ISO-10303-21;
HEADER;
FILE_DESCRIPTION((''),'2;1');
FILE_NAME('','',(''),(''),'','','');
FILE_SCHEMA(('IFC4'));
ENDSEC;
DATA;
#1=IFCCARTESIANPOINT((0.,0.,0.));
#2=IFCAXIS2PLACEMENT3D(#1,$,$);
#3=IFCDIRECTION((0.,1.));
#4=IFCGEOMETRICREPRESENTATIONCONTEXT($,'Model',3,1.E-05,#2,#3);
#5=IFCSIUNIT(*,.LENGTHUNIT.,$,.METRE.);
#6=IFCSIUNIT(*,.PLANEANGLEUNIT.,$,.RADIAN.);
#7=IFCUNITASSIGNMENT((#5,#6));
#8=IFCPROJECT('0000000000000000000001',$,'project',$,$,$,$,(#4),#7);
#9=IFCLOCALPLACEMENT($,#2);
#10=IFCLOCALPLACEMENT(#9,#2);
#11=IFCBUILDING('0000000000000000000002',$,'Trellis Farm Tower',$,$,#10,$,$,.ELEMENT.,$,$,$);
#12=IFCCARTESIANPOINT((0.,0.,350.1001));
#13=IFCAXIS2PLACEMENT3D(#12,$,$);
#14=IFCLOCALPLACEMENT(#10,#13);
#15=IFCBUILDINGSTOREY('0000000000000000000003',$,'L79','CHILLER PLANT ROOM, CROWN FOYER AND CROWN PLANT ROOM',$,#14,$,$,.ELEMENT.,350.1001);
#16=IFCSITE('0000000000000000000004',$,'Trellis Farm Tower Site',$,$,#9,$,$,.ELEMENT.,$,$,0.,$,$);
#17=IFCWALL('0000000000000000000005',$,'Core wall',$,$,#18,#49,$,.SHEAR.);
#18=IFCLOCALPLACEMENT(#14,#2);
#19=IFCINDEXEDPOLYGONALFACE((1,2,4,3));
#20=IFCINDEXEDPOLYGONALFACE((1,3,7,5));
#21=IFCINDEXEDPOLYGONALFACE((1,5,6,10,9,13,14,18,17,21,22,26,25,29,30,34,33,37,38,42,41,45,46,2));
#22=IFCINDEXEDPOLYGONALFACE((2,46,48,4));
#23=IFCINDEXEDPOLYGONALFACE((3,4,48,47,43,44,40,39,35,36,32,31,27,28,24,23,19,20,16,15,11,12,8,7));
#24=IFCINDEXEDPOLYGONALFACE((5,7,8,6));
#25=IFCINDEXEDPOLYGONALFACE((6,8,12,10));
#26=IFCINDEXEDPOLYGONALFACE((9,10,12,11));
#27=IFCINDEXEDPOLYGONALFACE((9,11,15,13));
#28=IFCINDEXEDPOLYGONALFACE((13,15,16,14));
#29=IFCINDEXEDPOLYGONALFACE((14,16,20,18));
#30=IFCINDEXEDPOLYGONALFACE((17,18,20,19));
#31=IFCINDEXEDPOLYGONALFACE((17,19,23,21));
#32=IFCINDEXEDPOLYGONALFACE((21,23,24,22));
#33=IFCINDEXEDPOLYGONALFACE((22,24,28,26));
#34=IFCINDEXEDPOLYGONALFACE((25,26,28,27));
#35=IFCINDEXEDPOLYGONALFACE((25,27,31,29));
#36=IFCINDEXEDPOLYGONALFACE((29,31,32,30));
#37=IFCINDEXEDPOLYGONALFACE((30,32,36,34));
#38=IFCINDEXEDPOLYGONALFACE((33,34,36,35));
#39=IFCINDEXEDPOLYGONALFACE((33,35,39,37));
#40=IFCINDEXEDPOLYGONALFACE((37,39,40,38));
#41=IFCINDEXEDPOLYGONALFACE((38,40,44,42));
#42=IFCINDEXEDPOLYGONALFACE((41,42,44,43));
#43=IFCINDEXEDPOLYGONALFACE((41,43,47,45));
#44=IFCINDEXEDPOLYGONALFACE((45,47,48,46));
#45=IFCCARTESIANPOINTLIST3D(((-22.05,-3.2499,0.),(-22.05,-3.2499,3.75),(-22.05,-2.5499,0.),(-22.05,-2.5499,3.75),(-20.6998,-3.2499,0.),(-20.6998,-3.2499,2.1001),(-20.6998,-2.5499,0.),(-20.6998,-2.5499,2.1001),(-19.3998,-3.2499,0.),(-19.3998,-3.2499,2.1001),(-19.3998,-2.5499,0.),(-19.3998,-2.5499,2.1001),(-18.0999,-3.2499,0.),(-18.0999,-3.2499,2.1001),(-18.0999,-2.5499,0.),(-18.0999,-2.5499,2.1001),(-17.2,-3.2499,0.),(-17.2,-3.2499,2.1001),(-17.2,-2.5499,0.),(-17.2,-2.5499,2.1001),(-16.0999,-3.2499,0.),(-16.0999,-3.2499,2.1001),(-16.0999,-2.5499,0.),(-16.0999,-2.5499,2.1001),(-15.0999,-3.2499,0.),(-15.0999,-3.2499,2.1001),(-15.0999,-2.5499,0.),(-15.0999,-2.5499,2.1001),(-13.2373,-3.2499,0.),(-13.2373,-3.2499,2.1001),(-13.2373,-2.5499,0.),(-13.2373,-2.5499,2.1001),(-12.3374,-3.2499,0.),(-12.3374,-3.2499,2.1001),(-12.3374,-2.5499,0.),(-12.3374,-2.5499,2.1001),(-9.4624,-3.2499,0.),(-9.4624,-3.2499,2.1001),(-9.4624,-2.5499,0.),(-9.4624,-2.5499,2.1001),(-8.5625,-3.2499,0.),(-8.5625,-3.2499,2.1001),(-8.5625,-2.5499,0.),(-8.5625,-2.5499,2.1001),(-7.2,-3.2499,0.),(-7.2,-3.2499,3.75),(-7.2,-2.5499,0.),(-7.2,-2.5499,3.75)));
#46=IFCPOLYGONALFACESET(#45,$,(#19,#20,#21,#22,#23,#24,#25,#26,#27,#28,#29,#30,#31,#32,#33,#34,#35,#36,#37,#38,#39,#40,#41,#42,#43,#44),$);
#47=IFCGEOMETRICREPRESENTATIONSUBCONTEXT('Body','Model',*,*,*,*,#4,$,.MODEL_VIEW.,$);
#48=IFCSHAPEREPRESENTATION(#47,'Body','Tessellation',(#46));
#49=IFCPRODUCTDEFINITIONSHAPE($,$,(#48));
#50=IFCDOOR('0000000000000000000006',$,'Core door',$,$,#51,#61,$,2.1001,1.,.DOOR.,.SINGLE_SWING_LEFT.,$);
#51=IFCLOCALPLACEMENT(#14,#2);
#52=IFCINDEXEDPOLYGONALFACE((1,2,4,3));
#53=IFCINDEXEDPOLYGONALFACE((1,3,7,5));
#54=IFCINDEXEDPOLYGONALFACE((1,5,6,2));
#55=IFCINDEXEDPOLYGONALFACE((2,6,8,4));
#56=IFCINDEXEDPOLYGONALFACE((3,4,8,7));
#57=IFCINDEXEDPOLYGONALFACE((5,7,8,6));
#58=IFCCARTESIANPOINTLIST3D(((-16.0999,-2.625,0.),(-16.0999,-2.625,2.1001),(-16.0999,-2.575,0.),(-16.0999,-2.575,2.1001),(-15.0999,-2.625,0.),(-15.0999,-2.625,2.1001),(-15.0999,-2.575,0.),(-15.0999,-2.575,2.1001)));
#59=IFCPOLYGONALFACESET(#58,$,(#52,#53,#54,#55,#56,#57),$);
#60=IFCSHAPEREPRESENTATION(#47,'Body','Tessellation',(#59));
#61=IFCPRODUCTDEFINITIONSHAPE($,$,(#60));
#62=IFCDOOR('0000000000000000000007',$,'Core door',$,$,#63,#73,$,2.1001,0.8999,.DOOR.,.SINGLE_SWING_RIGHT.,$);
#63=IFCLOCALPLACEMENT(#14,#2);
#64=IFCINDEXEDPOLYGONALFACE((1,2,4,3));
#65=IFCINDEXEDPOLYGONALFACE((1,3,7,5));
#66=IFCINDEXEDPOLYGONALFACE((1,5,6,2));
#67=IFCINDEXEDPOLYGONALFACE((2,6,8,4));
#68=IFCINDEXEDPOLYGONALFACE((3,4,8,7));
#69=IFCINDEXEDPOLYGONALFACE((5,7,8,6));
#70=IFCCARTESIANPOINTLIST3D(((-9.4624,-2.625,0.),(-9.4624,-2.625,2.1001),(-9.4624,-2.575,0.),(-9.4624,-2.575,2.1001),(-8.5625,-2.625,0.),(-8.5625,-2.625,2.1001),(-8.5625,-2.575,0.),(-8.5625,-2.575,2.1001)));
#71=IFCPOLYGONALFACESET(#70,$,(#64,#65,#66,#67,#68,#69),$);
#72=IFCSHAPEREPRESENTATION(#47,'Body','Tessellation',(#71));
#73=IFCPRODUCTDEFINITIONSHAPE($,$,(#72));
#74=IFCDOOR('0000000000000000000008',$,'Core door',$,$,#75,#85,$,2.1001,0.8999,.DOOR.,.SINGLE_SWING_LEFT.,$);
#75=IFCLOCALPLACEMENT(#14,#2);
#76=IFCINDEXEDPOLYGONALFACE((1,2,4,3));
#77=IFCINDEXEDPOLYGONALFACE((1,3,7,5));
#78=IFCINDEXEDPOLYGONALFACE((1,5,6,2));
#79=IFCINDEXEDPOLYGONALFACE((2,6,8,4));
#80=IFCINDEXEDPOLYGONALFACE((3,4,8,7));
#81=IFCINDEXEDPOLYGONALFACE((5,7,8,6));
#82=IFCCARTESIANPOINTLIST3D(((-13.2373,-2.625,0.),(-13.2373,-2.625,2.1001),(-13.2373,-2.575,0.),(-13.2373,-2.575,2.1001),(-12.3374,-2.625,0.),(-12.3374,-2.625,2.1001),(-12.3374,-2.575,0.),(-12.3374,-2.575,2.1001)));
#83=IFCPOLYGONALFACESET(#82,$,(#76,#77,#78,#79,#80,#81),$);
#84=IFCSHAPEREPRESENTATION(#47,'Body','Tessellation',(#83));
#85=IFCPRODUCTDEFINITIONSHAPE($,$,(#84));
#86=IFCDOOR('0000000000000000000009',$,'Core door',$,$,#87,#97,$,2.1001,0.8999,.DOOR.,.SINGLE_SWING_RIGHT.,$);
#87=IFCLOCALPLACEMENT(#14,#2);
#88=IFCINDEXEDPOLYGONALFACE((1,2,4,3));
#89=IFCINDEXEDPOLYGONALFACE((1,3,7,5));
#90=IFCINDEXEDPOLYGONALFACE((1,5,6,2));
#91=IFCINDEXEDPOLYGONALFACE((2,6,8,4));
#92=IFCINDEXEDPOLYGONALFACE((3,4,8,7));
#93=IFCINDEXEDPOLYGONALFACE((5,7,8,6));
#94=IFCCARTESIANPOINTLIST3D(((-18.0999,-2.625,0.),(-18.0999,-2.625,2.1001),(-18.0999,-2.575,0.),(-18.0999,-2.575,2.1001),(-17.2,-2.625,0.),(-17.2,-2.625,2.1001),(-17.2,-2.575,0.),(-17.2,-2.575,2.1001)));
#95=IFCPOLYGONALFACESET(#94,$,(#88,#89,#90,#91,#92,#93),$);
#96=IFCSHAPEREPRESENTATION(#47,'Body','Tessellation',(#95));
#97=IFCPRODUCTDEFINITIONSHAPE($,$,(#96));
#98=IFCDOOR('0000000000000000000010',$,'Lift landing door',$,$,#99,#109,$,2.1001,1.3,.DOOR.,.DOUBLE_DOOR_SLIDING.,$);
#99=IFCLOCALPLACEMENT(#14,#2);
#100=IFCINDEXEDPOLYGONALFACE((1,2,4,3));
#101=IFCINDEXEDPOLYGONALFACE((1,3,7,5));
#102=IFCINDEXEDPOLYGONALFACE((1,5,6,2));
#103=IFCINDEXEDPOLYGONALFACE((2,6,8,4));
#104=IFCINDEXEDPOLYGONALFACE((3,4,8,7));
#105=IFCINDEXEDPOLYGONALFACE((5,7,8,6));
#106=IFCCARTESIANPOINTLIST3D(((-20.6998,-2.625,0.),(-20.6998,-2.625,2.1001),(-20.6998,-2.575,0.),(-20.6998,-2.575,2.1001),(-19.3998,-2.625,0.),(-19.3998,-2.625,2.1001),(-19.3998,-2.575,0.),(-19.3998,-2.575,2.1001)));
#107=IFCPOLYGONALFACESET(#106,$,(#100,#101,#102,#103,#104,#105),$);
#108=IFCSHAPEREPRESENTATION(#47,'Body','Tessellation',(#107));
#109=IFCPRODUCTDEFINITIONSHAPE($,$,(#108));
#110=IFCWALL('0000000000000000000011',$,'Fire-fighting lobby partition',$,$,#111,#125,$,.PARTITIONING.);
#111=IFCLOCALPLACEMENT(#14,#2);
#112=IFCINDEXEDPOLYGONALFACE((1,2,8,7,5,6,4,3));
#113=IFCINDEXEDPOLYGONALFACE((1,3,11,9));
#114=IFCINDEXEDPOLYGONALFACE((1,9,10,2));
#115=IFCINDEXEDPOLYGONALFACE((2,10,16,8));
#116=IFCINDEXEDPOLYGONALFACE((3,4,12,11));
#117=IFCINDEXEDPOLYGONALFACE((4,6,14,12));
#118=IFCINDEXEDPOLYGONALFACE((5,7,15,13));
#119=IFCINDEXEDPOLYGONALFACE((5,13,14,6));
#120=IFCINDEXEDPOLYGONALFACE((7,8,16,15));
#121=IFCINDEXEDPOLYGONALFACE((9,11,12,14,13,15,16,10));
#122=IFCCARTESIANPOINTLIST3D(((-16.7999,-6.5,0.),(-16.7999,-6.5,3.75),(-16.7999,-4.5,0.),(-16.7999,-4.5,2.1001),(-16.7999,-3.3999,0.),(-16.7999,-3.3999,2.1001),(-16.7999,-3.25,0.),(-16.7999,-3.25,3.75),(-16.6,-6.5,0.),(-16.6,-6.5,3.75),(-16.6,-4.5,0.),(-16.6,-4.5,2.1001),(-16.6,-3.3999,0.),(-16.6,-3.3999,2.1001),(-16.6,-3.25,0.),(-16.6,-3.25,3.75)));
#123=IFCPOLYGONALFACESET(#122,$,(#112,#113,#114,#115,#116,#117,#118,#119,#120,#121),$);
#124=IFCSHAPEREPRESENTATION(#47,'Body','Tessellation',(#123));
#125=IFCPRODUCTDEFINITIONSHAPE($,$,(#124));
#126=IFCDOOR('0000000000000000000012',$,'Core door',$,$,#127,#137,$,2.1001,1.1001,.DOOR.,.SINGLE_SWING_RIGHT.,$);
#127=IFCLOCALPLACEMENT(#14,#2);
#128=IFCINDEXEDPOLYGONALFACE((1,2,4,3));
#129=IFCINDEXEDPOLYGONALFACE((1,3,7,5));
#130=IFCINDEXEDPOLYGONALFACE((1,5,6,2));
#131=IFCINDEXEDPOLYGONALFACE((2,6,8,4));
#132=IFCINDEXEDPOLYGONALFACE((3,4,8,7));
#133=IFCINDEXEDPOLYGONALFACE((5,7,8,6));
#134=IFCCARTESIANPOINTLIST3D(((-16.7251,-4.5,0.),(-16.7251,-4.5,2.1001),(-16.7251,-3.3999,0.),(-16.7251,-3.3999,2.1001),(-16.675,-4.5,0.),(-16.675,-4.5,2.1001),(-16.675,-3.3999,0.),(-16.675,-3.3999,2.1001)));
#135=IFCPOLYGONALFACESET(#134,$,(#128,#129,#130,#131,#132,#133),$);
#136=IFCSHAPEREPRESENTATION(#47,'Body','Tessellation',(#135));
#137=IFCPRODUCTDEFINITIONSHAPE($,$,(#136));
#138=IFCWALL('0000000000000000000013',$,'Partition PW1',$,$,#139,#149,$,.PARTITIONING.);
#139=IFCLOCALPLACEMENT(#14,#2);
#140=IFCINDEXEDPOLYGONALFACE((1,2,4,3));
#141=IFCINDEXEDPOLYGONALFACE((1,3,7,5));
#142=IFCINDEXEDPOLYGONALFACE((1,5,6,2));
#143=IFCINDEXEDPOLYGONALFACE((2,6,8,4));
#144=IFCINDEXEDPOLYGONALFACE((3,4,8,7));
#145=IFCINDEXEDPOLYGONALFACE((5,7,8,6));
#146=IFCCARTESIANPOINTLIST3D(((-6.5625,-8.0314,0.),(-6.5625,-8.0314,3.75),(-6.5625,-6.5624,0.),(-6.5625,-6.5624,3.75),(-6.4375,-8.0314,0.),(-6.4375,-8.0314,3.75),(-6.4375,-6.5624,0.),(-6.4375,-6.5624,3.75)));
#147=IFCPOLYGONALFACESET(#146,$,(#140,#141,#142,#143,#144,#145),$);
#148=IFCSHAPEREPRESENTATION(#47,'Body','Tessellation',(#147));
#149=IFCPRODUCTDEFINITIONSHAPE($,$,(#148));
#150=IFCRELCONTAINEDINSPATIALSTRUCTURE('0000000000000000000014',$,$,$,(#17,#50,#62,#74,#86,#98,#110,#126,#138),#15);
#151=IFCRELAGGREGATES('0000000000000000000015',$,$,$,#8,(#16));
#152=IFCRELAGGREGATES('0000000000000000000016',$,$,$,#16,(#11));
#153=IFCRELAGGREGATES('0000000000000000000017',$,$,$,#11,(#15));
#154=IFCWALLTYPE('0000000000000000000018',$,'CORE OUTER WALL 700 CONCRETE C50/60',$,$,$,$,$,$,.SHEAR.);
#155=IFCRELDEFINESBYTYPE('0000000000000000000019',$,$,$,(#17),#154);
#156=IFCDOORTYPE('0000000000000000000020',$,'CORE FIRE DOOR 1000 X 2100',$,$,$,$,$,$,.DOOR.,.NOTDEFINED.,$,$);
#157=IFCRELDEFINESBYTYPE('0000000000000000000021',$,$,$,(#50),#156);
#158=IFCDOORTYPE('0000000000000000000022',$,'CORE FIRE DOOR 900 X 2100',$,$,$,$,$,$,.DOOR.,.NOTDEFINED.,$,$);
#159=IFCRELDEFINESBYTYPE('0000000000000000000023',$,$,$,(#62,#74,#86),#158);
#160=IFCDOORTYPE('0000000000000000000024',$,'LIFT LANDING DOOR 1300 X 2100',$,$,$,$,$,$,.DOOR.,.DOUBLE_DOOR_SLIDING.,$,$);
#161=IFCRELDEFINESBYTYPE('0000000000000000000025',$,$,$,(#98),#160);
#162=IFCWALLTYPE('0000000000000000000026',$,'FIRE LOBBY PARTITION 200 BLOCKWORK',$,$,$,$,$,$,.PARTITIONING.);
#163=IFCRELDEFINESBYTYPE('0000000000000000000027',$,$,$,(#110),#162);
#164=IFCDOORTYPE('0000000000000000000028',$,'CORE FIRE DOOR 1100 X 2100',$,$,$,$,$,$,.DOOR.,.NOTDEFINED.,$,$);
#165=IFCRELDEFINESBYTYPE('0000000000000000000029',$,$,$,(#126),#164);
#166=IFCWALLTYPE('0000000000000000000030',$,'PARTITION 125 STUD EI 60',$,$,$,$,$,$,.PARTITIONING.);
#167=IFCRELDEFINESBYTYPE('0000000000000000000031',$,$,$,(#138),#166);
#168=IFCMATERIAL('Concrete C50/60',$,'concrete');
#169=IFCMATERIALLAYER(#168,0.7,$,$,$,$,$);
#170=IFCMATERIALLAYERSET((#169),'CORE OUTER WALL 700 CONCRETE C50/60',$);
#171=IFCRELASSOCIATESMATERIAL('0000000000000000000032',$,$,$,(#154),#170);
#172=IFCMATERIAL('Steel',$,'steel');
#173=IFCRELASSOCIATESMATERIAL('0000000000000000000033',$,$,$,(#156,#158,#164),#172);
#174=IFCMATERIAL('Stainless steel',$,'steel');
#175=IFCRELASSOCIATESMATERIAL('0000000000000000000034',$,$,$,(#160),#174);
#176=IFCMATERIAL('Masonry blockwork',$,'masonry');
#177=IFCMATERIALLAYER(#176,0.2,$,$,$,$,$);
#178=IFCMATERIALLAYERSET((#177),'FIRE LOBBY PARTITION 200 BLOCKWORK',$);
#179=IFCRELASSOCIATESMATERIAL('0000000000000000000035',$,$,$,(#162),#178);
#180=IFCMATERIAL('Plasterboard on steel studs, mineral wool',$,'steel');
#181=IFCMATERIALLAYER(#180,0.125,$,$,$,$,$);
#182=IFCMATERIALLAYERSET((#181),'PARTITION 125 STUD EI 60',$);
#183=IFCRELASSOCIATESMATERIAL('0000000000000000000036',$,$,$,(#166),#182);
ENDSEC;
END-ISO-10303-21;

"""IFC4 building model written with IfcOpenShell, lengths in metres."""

from ifc_helpers import new_model, si_unit, direction, frame, frame_2d, origin, place, context, subcontext, project, spatial, rectangle, extrude, source, transform, mapped, material, layer, layer_set, type_object, element, fill, save


model = new_model("IFC4")

# Units and contexts
model_context = context("Model", 3, precision=1e-05, world=origin(), true_north=direction((0.0, 1.0)))
body_context = subcontext(model_context, "Body", "Model", "MODEL_VIEW")
ifc_project = project(units=[si_unit("LENGTHUNIT", "METRE"), si_unit("PLANEANGLEUNIT", "RADIAN")], contexts=[model_context])

# Site, building, storey
site_placement = place(None, origin())
site = spatial("IfcSite", under=ifc_project, at=site_placement, Name="Trellis Farm Tower Site", CompositionType="ELEMENT", RefElevation=0.0)
building_placement = place(site_placement, origin())
building = spatial("IfcBuilding", under=site, at=building_placement, Name="Trellis Farm Tower", CompositionType="ELEMENT")
storey_placement = place(building_placement, frame((0.0, 0.0, 350.1001)))
storey = spatial("IfcBuildingStorey", under=building, at=storey_placement, Name="L79", Description="CHILLER PLANT ROOM, CROWN FOYER AND CROWN PLANT ROOM", CompositionType="ELEMENT", Elevation=350.1001)

# Shared definitions
ifc_material_1 = material(Name="Concrete C50/60", Category="concrete")

# Shared definitions
ifc_material_2 = material(Name="Masonry blockwork", Category="masonry")

# Wall, openings, doors
ifc_layer_1 = layer(ifc_material_1, 0.7)
ifc_layer_set_1 = layer_set([ifc_layer_1], Name="CORE OUTER WALL 700 CONCRETE C50/60")
wall_type_1 = type_object("IfcWallType", Name="CORE OUTER WALL 700 CONCRETE C50/60", PredefinedType="SHEAR", material=ifc_layer_set_1)
shared_shape_1 = source(origin(), body_context, "Body", "SweptSolid", [
    extrude(rectangle(XDim=14.8501, YDim=0.7, at=frame_2d((7.425, 0.0))), origin(), (0.0, 0.0, 1.0), 3.75),
])
wall_1_placement = place(storey_placement, frame((-7.2, -2.8999, 0.0), z_axis=(0.0, 0.0, 1.0), x_axis=(-1.0, 0.0, 0.0)))
wall_1 = element("IfcWall", 1, at=wall_1_placement, inside=storey, type_object=wall_type_1, Name="Core wall", PredefinedType="SHEAR", context=body_context, shape_type="MappedRepresentation", body=[
    mapped(shared_shape_1, transform((0.0, 0.0, 0.0))),
])
shared_shape_2 = source(origin(), body_context, "Body", "SweptSolid", [
    extrude(rectangle(XDim=1.3, YDim=2.1001, at=frame_2d((0.6499, 1.05))), frame((0.0, 0.3601, 0.0), z_axis=(0.0, -1.0, 0.0), x_axis=(1.0, 0.0, 0.0)), (0.0, 0.0, 1.0), 0.7202),
])
opening_1_placement = place(wall_1_placement, frame((12.2, 0.0, 0.0)))
opening_1 = element("IfcOpeningElement", 2, at=opening_1_placement, cuts=wall_1, PredefinedType="OPENING", context=body_context, shape_type="MappedRepresentation", body=[
    mapped(shared_shape_2, transform((0.0, 0.0, 0.0))),
])
shared_shape_3 = source(origin(), body_context, "Body", "SweptSolid", [
    extrude(rectangle(XDim=1.0, YDim=2.1001, at=frame_2d((0.5, 1.05))), frame((0.0, 0.3601, 0.0), z_axis=(0.0, -1.0, 0.0), x_axis=(1.0, 0.0, 0.0)), (0.0, 0.0, 1.0), 0.7202),
])
opening_2_placement = place(wall_1_placement, frame((7.8999, 0.0, 0.0)))
opening_2 = element("IfcOpeningElement", 3, at=opening_2_placement, cuts=wall_1, PredefinedType="OPENING", context=body_context, shape_type="MappedRepresentation", body=[
    mapped(shared_shape_3, transform((0.0, 0.0, 0.0))),
])
shared_shape_4 = source(origin(), body_context, "Body", "SweptSolid", [
    extrude(rectangle(XDim=0.8999, YDim=2.1001, at=frame_2d((0.45, 1.05))), frame((0.0, 0.3601, 0.0), z_axis=(0.0, -1.0, 0.0), x_axis=(1.0, 0.0, 0.0)), (0.0, 0.0, 1.0), 0.7202),
])
opening_3_placement = place(wall_1_placement, frame((1.3625, 0.0, 0.0)))
opening_3 = element("IfcOpeningElement", 4, at=opening_3_placement, cuts=wall_1, PredefinedType="OPENING", context=body_context, shape_type="MappedRepresentation", body=[
    mapped(shared_shape_4, transform((0.0, 0.0, 0.0))),
])
opening_4_placement = place(wall_1_placement, frame((5.1375, 0.0, 0.0)))
opening_4 = element("IfcOpeningElement", 5, at=opening_4_placement, cuts=wall_1, PredefinedType="OPENING", context=body_context, shape_type="MappedRepresentation", body=[
    mapped(shared_shape_4, transform((0.0, 0.0, 0.0))),
])
opening_5_placement = place(wall_1_placement, frame((10.0, 0.0, 0.0)))
opening_5 = element("IfcOpeningElement", 6, at=opening_5_placement, cuts=wall_1, PredefinedType="OPENING", context=body_context, shape_type="MappedRepresentation", body=[
    mapped(shared_shape_4, transform((0.0, 0.0, 0.0))),
])
ifc_material_3 = material(Name="Steel", Category="steel")
door_type_1 = type_object("IfcDoorType", Name="CORE FIRE DOOR 1000 X 2100", OperationType="NOTDEFINED", PredefinedType="DOOR", material=ifc_material_3)
shared_shape_5 = source(origin(), body_context, "Body", "SweptSolid", [
    extrude(rectangle(XDim=1.0, YDim=2.1001, at=frame_2d((0.5, 1.05))), frame((0.0, -0.2749, 0.0), z_axis=(0.0, -1.0, 0.0), x_axis=(1.0, 0.0, 0.0)), (0.0, 0.0, 1.0), 0.05),
])
door_1_placement = place(opening_2_placement, origin())
door_1 = element("IfcDoor", 7, at=door_1_placement, inside=storey, type_object=door_type_1, Name="Core door", OperationType="SINGLE_SWING_LEFT", OverallHeight=2.1001, OverallWidth=1.0, PredefinedType="DOOR", context=body_context, shape_type="MappedRepresentation", body=[
    mapped(shared_shape_5, transform((0.0, 0.0, 0.0))),
])
fill(opening_2, door_1)
door_type_2 = type_object("IfcDoorType", Name="CORE FIRE DOOR 900 X 2100", OperationType="NOTDEFINED", PredefinedType="DOOR", material=ifc_material_3)
shared_shape_6 = source(origin(), body_context, "Body", "SweptSolid", [
    extrude(rectangle(XDim=0.8999, YDim=2.1001, at=frame_2d((0.45, 1.05))), frame((0.0, -0.2749, 0.0), z_axis=(0.0, -1.0, 0.0), x_axis=(1.0, 0.0, 0.0)), (0.0, 0.0, 1.0), 0.05),
])
door_2_placement = place(opening_3_placement, origin())
door_2 = element("IfcDoor", 8, at=door_2_placement, inside=storey, type_object=door_type_2, Name="Core door", OperationType="SINGLE_SWING_RIGHT", OverallHeight=2.1001, OverallWidth=0.8999, PredefinedType="DOOR", context=body_context, shape_type="MappedRepresentation", body=[
    mapped(shared_shape_6, transform((0.0, 0.0, 0.0))),
])
fill(opening_3, door_2)
door_3_placement = place(opening_4_placement, origin())
door_3 = element("IfcDoor", 9, at=door_3_placement, inside=storey, type_object=door_type_2, Name="Core door", OperationType="SINGLE_SWING_LEFT", OverallHeight=2.1001, OverallWidth=0.8999, PredefinedType="DOOR", context=body_context, shape_type="MappedRepresentation", body=[
    mapped(shared_shape_6, transform((0.0, 0.0, 0.0))),
])
fill(opening_4, door_3)
door_4_placement = place(opening_5_placement, origin())
door_4 = element("IfcDoor", 10, at=door_4_placement, inside=storey, type_object=door_type_2, Name="Core door", OperationType="SINGLE_SWING_RIGHT", OverallHeight=2.1001, OverallWidth=0.8999, PredefinedType="DOOR", context=body_context, shape_type="MappedRepresentation", body=[
    mapped(shared_shape_6, transform((0.0, 0.0, 0.0))),
])
fill(opening_5, door_4)
ifc_material_4 = material(Name="Stainless steel", Category="steel")
door_type_3 = type_object("IfcDoorType", Name="LIFT LANDING DOOR 1300 X 2100", OperationType="DOUBLE_DOOR_SLIDING", PredefinedType="DOOR", material=ifc_material_4)
shared_shape_7 = source(origin(), body_context, "Body", "SweptSolid", [
    extrude(rectangle(XDim=1.3, YDim=2.1001, at=frame_2d((0.6499, 1.05))), frame((0.0, -0.2749, 0.0), z_axis=(0.0, -1.0, 0.0), x_axis=(1.0, 0.0, 0.0)), (0.0, 0.0, 1.0), 0.05),
])
door_5_placement = place(opening_1_placement, origin())
door_5 = element("IfcDoor", 11, at=door_5_placement, inside=storey, type_object=door_type_3, Name="Lift landing door", OperationType="DOUBLE_DOOR_SLIDING", OverallHeight=2.1001, OverallWidth=1.3, PredefinedType="DOOR", context=body_context, shape_type="MappedRepresentation", body=[
    mapped(shared_shape_7, transform((0.0, 0.0, 0.0))),
])
fill(opening_1, door_5)

# Wall, opening, door
ifc_layer_2 = layer(ifc_material_2, 0.2)
ifc_layer_set_2 = layer_set([ifc_layer_2], Name="FIRE LOBBY PARTITION 200 BLOCKWORK")
wall_type_2 = type_object("IfcWallType", Name="FIRE LOBBY PARTITION 200 BLOCKWORK", PredefinedType="PARTITIONING", material=ifc_layer_set_2)
shared_shape_8 = source(origin(), body_context, "Body", "SweptSolid", [
    extrude(rectangle(XDim=3.25, YDim=0.2, at=frame_2d((1.625, 0.0))), origin(), (0.0, 0.0, 1.0), 3.75),
])
wall_2_placement = place(storey_placement, frame((-16.7, -3.25, 0.0), z_axis=(0.0, 0.0, 1.0), x_axis=(0.0, -1.0, 0.0)))
wall_2 = element("IfcWall", 12, at=wall_2_placement, inside=storey, type_object=wall_type_2, Name="Fire-fighting lobby partition", PredefinedType="PARTITIONING", context=body_context, shape_type="MappedRepresentation", body=[
    mapped(shared_shape_8, transform((0.0, 0.0, 0.0))),
])
shared_shape_9 = source(origin(), body_context, "Body", "SweptSolid", [
    extrude(rectangle(XDim=1.1001, YDim=2.1001, at=frame_2d((0.55, 1.05))), frame((0.0, 0.1101, 0.0), z_axis=(0.0, -1.0, 0.0), x_axis=(1.0, 0.0, 0.0)), (0.0, 0.0, 1.0), 0.2202),
])
opening_6_placement = place(wall_2_placement, frame((0.1499, 0.0, 0.0)))
opening_6 = element("IfcOpeningElement", 13, at=opening_6_placement, cuts=wall_2, PredefinedType="OPENING", context=body_context, shape_type="MappedRepresentation", body=[
    mapped(shared_shape_9, transform((0.0, 0.0, 0.0))),
])
door_type_4 = type_object("IfcDoorType", Name="CORE FIRE DOOR 1100 X 2100", OperationType="NOTDEFINED", PredefinedType="DOOR", material=ifc_material_3)
shared_shape_10 = source(origin(), body_context, "Body", "SweptSolid", [
    extrude(rectangle(XDim=1.1001, YDim=2.1001, at=frame_2d((0.55, 1.05))), frame((0.0, 0.0249, 0.0), z_axis=(0.0, -1.0, 0.0), x_axis=(1.0, 0.0, 0.0)), (0.0, 0.0, 1.0), 0.05),
])
door_6_placement = place(opening_6_placement, origin())
door_6 = element("IfcDoor", 14, at=door_6_placement, inside=storey, type_object=door_type_4, Name="Core door", OperationType="SINGLE_SWING_RIGHT", OverallHeight=2.1001, OverallWidth=1.1001, PredefinedType="DOOR", context=body_context, shape_type="MappedRepresentation", body=[
    mapped(shared_shape_10, transform((0.0, 0.0, 0.0))),
])
fill(opening_6, door_6)

# Wall
ifc_material_5 = material(Name="Plasterboard on steel studs, mineral wool", Category="steel")
ifc_layer_3 = layer(ifc_material_5, 0.125)
ifc_layer_set_3 = layer_set([ifc_layer_3], Name="PARTITION 125 STUD EI 60")
wall_type_3 = type_object("IfcWallType", Name="PARTITION 125 STUD EI 60", PredefinedType="PARTITIONING", material=ifc_layer_set_3)
shared_shape_11 = source(origin(), body_context, "Body", "SweptSolid", [
    extrude(rectangle(XDim=1.469, YDim=0.125, at=frame_2d((0.7344, 0.0))), origin(), (0.0, 0.0, 1.0), 3.75),
])
wall_3_placement = place(storey_placement, frame((-6.5, -6.5625, 0.0), z_axis=(0.0, 0.0, 1.0), x_axis=(0.0, -1.0, 0.0)))
element("IfcWall", 15, at=wall_3_placement, inside=storey, type_object=wall_type_3, Name="Partition PW1", PredefinedType="PARTITIONING", context=body_context, shape_type="MappedRepresentation", body=[
    mapped(shared_shape_11, transform((0.0, 0.0, 0.0))),
])

save(model, "model.ifc")
